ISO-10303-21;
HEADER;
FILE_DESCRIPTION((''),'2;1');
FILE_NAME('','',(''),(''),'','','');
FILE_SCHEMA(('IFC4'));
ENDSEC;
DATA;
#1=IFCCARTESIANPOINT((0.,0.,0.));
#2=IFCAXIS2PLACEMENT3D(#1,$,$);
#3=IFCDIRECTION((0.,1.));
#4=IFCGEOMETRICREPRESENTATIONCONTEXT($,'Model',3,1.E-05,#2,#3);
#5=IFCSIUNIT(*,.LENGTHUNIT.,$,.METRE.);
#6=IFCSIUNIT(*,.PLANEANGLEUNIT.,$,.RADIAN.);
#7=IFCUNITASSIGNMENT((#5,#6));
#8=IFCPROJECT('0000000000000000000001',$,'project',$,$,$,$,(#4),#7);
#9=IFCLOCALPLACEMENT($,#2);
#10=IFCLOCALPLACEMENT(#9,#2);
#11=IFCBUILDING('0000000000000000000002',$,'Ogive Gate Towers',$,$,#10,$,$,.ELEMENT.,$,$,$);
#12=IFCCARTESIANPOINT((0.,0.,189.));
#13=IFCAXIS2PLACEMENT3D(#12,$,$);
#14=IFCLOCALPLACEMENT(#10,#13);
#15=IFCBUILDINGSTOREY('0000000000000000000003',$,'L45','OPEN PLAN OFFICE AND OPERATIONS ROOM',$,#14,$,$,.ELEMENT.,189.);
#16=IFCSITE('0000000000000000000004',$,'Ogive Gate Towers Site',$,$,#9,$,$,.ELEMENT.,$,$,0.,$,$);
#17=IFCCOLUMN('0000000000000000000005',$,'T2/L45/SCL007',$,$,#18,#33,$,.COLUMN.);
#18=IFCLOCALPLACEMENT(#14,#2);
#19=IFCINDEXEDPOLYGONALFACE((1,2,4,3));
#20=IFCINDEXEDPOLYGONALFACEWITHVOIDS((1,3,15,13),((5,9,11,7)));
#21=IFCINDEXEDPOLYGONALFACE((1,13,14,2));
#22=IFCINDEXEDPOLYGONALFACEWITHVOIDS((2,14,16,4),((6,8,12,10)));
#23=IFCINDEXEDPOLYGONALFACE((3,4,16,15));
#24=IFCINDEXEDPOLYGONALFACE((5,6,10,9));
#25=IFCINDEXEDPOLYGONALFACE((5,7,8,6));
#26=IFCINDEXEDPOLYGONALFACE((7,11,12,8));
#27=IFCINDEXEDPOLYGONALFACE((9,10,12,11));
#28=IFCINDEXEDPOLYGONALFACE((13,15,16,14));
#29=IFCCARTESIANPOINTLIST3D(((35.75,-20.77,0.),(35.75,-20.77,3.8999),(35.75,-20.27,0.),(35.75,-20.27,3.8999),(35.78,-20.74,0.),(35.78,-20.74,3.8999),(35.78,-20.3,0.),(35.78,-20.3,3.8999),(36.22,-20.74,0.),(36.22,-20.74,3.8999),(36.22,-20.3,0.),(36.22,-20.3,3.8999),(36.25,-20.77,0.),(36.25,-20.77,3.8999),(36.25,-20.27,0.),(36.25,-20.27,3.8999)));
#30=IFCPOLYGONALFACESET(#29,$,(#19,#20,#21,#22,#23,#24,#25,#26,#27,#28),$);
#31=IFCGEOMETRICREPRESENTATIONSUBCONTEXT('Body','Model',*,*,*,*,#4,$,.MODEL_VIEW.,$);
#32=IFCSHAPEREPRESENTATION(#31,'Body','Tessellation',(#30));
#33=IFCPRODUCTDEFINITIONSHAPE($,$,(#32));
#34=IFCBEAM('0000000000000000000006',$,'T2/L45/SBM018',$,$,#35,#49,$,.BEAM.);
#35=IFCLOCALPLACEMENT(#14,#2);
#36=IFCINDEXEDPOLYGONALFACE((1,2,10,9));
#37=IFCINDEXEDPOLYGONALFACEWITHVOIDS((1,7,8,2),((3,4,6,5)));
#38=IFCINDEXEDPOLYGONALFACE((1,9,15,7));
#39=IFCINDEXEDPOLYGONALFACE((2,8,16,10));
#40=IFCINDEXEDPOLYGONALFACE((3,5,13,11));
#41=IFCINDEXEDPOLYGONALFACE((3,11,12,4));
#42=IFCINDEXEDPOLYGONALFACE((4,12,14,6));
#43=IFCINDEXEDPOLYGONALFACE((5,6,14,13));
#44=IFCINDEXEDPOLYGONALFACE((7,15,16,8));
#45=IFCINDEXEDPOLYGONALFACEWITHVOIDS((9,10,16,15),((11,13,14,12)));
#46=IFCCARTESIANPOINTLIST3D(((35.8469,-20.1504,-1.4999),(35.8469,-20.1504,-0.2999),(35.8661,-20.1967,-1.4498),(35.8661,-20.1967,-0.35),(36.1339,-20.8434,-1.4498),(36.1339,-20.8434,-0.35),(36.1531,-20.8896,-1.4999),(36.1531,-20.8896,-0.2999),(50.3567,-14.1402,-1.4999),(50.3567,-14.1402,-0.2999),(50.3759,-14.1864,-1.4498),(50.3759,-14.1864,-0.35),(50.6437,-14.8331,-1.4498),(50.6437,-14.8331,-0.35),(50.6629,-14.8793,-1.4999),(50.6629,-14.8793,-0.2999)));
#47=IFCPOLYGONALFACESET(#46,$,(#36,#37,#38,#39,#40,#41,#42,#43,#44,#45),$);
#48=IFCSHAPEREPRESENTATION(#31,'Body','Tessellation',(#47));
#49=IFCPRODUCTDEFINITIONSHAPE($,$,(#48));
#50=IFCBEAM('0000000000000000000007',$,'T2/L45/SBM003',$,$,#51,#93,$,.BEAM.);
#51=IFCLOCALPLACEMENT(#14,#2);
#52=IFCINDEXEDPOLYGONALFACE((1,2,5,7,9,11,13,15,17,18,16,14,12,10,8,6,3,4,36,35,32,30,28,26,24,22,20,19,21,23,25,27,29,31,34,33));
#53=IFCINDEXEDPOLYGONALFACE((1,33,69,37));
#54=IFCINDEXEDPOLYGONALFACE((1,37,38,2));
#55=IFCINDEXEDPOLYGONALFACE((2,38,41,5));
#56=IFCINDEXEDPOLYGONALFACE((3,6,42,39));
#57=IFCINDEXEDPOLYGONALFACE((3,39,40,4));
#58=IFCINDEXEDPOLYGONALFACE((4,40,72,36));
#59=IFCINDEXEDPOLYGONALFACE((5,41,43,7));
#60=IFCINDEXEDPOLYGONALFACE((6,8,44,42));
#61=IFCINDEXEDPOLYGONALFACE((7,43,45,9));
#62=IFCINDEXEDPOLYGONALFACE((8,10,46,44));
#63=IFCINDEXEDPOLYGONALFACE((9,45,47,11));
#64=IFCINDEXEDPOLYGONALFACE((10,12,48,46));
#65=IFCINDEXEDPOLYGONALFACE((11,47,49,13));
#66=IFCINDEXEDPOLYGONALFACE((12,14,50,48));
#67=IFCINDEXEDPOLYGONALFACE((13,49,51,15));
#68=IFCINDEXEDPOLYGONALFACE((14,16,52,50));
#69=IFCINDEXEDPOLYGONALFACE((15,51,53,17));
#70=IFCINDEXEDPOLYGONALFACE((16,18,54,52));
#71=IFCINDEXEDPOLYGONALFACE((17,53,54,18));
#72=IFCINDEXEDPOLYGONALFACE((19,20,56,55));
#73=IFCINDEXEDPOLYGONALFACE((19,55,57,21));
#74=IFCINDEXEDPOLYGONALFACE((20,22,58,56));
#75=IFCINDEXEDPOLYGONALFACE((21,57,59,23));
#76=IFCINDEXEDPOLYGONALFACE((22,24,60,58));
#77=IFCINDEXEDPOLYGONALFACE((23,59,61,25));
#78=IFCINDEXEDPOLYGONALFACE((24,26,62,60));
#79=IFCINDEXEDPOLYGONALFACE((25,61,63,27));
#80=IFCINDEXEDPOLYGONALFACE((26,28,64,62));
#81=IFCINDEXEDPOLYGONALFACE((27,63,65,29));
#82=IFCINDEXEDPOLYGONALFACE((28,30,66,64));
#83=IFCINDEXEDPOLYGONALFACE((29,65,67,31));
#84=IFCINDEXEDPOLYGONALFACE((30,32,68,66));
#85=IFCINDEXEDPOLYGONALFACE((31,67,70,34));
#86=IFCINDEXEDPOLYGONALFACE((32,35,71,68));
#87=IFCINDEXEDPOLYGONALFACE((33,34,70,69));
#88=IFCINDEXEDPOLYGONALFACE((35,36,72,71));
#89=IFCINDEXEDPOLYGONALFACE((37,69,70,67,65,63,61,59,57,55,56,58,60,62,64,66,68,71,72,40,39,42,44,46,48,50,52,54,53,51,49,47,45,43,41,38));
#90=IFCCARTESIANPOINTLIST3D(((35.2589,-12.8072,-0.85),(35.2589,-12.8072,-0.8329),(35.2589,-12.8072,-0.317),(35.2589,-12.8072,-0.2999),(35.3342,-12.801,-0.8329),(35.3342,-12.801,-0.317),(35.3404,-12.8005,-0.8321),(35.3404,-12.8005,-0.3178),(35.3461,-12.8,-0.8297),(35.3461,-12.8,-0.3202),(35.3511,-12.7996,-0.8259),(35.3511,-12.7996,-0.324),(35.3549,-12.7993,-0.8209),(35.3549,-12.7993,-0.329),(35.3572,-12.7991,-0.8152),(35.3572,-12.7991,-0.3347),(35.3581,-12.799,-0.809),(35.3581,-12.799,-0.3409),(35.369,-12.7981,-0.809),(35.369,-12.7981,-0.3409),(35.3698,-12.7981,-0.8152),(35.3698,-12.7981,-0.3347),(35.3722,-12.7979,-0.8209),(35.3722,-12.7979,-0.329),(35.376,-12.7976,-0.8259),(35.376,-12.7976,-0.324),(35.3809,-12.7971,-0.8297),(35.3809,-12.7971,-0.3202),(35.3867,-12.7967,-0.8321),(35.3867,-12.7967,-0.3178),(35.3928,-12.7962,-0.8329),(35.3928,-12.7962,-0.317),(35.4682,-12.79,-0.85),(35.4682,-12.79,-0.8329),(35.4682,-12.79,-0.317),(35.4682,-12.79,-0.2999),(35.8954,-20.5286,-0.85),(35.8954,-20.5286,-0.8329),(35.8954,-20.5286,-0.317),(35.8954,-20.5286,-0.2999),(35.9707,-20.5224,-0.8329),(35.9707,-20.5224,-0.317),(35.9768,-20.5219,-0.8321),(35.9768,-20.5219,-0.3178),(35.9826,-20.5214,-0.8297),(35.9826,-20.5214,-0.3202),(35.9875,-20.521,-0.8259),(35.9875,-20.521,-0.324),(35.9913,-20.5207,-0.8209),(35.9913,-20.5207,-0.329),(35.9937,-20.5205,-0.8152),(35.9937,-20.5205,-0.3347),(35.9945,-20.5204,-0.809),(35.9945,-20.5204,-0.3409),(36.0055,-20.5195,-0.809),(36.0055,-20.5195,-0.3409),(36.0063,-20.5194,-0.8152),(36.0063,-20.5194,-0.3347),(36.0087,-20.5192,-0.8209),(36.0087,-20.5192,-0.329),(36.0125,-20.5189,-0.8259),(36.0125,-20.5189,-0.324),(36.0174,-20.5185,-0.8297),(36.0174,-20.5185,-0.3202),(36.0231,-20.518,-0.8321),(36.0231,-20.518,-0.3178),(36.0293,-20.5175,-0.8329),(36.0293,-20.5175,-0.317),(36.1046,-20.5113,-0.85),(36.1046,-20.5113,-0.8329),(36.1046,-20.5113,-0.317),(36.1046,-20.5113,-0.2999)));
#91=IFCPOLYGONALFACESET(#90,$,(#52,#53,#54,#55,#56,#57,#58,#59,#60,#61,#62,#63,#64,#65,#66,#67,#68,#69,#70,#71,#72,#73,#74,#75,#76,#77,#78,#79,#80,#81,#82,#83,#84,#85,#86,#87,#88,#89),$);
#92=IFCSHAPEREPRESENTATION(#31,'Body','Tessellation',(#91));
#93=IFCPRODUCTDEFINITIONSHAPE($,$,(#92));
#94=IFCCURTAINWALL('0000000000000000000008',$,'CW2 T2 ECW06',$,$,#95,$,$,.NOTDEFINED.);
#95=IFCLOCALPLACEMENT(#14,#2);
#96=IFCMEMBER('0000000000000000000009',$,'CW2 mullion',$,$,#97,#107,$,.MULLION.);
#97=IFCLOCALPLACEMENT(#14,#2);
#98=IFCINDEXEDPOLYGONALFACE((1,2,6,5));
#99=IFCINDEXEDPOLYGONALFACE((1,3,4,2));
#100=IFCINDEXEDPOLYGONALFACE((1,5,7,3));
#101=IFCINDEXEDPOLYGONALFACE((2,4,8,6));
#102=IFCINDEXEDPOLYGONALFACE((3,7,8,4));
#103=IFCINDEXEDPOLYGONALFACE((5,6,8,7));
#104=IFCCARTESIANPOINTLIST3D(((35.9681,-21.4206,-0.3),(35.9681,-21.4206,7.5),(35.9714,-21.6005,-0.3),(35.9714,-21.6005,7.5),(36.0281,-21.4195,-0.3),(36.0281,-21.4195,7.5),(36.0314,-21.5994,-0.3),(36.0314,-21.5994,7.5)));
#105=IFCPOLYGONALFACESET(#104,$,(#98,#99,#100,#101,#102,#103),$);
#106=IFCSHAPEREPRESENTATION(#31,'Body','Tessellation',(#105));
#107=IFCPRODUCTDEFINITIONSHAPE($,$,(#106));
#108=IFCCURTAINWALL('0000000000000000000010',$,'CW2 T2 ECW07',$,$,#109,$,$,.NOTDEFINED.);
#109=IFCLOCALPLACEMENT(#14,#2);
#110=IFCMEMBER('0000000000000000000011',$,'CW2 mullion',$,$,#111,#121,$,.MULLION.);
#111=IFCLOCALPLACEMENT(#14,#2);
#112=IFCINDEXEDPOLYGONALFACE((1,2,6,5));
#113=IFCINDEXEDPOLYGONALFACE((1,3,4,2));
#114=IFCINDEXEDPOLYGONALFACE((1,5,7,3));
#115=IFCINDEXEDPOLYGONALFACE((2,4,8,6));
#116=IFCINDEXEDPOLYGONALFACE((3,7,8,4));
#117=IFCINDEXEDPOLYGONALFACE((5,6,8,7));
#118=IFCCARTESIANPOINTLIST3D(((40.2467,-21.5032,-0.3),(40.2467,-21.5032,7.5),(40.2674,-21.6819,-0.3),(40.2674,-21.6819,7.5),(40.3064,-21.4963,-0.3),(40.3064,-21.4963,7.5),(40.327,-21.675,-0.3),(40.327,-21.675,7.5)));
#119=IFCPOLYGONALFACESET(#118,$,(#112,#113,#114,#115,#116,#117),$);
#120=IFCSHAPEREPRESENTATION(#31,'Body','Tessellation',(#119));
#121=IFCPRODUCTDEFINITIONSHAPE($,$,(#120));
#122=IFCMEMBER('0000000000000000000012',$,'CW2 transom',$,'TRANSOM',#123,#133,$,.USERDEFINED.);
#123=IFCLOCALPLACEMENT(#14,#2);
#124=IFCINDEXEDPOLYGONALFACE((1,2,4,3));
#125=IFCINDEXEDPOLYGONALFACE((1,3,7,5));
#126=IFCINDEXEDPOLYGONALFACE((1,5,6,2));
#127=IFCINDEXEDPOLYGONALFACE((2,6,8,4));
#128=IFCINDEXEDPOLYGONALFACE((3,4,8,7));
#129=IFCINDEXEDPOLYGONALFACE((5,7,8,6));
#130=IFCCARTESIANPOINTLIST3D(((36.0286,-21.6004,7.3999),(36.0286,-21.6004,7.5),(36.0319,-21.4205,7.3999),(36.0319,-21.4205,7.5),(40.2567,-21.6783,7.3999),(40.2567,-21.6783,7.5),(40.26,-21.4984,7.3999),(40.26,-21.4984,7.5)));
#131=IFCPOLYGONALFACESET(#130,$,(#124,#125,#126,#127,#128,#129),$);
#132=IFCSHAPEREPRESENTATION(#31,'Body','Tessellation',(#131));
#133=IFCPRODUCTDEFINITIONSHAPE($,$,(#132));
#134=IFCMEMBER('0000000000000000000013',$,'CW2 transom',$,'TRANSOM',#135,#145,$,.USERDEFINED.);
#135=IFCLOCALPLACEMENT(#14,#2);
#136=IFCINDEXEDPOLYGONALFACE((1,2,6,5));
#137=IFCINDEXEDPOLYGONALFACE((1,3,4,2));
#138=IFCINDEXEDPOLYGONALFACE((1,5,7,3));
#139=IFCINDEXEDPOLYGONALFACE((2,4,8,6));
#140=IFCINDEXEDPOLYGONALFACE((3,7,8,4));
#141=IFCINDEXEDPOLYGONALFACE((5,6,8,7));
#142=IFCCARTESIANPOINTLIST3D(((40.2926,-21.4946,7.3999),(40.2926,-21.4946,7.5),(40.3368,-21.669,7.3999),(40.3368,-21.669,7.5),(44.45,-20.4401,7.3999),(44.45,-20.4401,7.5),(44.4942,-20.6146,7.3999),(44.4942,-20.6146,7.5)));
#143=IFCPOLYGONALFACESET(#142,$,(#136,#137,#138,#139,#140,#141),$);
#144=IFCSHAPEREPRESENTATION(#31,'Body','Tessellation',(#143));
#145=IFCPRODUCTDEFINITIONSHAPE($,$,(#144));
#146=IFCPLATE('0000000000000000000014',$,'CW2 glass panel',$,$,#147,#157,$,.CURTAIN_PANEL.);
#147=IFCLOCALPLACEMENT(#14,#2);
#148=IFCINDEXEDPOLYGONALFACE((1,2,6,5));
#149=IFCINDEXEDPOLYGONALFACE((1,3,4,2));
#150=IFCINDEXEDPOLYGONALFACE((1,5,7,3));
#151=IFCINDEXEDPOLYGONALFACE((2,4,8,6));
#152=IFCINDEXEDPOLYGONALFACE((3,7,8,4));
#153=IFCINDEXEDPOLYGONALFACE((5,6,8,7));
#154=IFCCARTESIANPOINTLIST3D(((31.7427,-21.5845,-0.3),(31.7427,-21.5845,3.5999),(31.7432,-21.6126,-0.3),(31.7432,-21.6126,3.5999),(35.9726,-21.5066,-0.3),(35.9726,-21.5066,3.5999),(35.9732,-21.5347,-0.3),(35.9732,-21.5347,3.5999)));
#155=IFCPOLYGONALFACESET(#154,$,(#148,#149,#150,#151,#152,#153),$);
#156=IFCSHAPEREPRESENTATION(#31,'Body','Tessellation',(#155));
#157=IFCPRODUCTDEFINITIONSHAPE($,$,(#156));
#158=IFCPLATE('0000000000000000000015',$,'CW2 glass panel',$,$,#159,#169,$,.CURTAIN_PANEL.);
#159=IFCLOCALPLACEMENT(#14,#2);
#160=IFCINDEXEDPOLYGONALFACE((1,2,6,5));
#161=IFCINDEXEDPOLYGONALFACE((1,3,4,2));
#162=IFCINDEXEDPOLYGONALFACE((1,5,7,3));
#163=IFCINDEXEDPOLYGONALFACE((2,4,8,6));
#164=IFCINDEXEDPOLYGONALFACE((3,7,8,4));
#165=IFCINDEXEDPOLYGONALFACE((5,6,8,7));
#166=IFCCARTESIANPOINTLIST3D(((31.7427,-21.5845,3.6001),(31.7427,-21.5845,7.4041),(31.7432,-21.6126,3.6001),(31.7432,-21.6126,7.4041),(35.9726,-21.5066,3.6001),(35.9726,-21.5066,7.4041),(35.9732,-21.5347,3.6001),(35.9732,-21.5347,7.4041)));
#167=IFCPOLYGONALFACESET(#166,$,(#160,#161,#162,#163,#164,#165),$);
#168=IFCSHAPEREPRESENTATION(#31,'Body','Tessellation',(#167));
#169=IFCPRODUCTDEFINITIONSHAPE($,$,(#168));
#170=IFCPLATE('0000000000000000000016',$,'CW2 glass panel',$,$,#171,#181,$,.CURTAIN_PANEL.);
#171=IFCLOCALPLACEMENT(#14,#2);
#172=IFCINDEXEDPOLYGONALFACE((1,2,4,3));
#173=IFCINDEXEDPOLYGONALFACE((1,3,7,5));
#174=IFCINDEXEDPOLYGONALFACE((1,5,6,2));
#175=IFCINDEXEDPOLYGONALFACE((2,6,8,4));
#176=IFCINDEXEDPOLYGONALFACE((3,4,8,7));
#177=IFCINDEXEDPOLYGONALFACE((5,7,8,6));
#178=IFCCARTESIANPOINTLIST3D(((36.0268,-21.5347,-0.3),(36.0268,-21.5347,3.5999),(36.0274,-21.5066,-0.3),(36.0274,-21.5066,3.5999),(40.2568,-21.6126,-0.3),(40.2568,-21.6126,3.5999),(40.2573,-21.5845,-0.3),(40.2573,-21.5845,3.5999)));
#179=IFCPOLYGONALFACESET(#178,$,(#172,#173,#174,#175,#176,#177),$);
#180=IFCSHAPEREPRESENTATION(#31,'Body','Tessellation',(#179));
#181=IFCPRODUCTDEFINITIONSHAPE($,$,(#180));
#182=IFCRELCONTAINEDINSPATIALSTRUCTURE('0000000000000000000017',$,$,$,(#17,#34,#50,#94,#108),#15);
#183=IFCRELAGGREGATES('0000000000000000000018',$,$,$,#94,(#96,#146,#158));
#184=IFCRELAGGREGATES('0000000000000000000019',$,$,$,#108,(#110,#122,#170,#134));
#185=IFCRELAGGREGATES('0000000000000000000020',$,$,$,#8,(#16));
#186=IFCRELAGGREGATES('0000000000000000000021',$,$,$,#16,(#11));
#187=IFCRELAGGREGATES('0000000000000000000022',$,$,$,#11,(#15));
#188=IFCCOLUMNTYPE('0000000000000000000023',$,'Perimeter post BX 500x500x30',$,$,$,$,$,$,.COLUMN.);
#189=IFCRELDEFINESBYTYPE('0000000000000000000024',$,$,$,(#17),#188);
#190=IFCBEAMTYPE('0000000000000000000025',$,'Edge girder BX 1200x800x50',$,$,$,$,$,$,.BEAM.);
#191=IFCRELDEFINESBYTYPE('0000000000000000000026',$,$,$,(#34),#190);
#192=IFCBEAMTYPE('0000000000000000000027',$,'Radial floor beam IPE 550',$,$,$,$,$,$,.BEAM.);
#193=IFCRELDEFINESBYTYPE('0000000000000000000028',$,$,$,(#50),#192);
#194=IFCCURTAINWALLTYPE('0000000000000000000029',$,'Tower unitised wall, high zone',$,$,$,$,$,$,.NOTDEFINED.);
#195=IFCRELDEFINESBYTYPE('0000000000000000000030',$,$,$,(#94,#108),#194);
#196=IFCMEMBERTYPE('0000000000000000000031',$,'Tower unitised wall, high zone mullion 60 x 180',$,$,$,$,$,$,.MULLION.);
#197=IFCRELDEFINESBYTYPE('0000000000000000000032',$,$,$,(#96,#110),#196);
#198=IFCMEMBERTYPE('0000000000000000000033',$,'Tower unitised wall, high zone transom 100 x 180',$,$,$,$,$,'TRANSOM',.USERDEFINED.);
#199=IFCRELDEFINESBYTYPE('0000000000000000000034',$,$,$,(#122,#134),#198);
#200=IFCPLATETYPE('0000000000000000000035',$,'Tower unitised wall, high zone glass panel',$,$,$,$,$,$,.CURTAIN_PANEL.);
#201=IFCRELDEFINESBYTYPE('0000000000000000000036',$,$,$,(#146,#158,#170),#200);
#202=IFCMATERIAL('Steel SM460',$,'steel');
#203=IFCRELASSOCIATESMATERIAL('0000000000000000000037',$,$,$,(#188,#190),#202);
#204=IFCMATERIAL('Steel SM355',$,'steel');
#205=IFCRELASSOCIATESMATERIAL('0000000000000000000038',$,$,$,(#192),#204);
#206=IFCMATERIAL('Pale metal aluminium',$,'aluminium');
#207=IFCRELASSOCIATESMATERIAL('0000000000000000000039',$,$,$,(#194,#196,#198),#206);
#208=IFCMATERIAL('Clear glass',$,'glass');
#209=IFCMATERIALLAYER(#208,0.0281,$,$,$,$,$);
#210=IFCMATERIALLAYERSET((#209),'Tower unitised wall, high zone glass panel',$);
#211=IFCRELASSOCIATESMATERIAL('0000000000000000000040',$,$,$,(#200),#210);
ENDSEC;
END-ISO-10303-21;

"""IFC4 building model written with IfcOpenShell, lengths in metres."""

from ifc_helpers import new_model, si_unit, direction, frame, origin, origin_2d, place, context, subcontext, project, spatial, rectangle, hollow_rectangle, i_section, extrude, material, layer, layer_set, material_profile, profile_set, type_object, element, aggregate, save


model = new_model("IFC4")

# Units and contexts
model_context = context("Model", 3, precision=1e-05, world=origin(), true_north=direction((0.0, 1.0)))
body_context = subcontext(model_context, "Body", "Model", "MODEL_VIEW")
ifc_project = project(units=[si_unit("LENGTHUNIT", "METRE"), si_unit("PLANEANGLEUNIT", "RADIAN")], contexts=[model_context])

# Site, building, storey
site_placement = place(None, origin())
site = spatial("IfcSite", under=ifc_project, at=site_placement, Name="Ogive Gate Towers Site", CompositionType="ELEMENT", RefElevation=0.0)
building_placement = place(site_placement, origin())
building = spatial("IfcBuilding", under=site, at=building_placement, Name="Ogive Gate Towers", CompositionType="ELEMENT")
storey_placement = place(building_placement, frame((0.0, 0.0, 189.0)))
storey = spatial("IfcBuildingStorey", under=building, at=storey_placement, Name="L45", Description="OPEN PLAN OFFICE AND OPERATIONS ROOM", CompositionType="ELEMENT", Elevation=189.0)

# Column
ifc_material_1 = material(Name="Steel SM460", Category="steel")
ifc_material_profile_1 = material_profile(ifc_material_1, hollow_rectangle(XDim=0.5, YDim=0.5, WallThickness=0.03, at=origin_2d()), Name="BX 500x500x30")
ifc_profile_set_1 = profile_set([ifc_material_profile_1], Name="Steel SM460")
column_type = type_object("IfcColumnType", Name="Perimeter post BX 500x500x30", PredefinedType="COLUMN", material=ifc_profile_set_1)
column_placement = place(storey_placement, frame((36.0, -20.52, 0.0), z_axis=(0.0, 0.0, 1.0), x_axis=(1.0, 0.0, 0.0)))
element("IfcColumn", 1, at=column_placement, inside=storey, type_object=column_type, Name="T2/L45/SCL007", PredefinedType="COLUMN", context=body_context, shape_type="SweptSolid", body=[
    extrude(hollow_rectangle(XDim=0.5, YDim=0.5, WallThickness=0.03, at=origin_2d()), origin(), (0.0, 0.0, 1.0), 3.8999),
])

# Beams
ifc_material_profile_2 = material_profile(ifc_material_1, hollow_rectangle(XDim=0.8, YDim=1.2, WallThickness=0.05, at=origin_2d()), Name="BX 1200x800x50")
ifc_profile_set_2 = profile_set([ifc_material_profile_2], Name="Steel SM460")
beam_type_1 = type_object("IfcBeamType", Name="Edge girder BX 1200x800x50", PredefinedType="BEAM", material=ifc_profile_set_2)
beam_1_placement = place(storey_placement, frame((36.0, -20.52, -0.8999), z_axis=(0.923877, 0.38269, 0.0), x_axis=(-0.38269, 0.923877, 0.0)))
element("IfcBeam", 2, at=beam_1_placement, inside=storey, type_object=beam_type_1, Name="T2/L45/SBM018", PredefinedType="BEAM", context=body_context, shape_type="SweptSolid", body=[
    extrude(hollow_rectangle(XDim=0.8, YDim=1.2, WallThickness=0.05, at=origin_2d()), origin(), (0.0, 0.0, 1.0), 15.7053),
])
ifc_material_2 = material(Name="Steel SM355", Category="steel")
ifc_material_profile_3 = material_profile(ifc_material_2, i_section(OverallWidth=0.21, OverallDepth=0.55, WebThickness=0.011, FlangeThickness=0.0171, FilletRadius=0.0239, at=origin_2d()), Name="IPE 550")
ifc_profile_set_3 = profile_set([ifc_material_profile_3], Name="Steel SM355")
beam_type_2 = type_object("IfcBeamType", Name="Radial floor beam IPE 550", PredefinedType="BEAM", material=ifc_profile_set_3)
beam_2_placement = place(storey_placement, frame((35.3635, -12.7986, -0.575), z_axis=(0.082151, -0.99662, 0.0), x_axis=(0.99662, 0.082151, 0.0)))
element("IfcBeam", 3, at=beam_2_placement, inside=storey, type_object=beam_type_2, Name="T2/L45/SBM003", PredefinedType="BEAM", context=body_context, shape_type="SweptSolid", body=[
    extrude(i_section(OverallWidth=0.21, OverallDepth=0.55, WebThickness=0.011, FlangeThickness=0.0171, FilletRadius=0.0239, at=origin_2d()), origin(), (0.0, 0.0, 1.0), 7.7476),
])

# Curtain wall, member
ifc_material_3 = material(Name="Pale metal aluminium", Category="aluminium")
curtain_wall_type = type_object("IfcCurtainWallType", Name="Tower unitised wall, high zone", PredefinedType="NOTDEFINED", material=ifc_material_3)
curtain_wall_1_placement = place(storey_placement, origin())
curtain_wall_1 = element("IfcCurtainWall", 4, at=curtain_wall_1_placement, inside=storey, type_object=curtain_wall_type, Name="CW2 T2 ECW06", PredefinedType="NOTDEFINED")
ifc_material_profile_4 = material_profile(ifc_material_3, rectangle(XDim=0.1799, YDim=0.0601, at=origin_2d()), Name="60 x 180 aluminium box")
ifc_profile_set_4 = profile_set([ifc_material_profile_4], Name="Pale metal aluminium")
member_type_1 = type_object("IfcMemberType", Name="Tower unitised wall, high zone mullion 60 x 180", PredefinedType="MULLION", material=ifc_profile_set_4)
member_1_placement = place(storey_placement, frame((35.9998, -21.51, -0.3), z_axis=(0.0, 0.0, 1.0), x_axis=(0.018412, -0.99983, 0.0)))
member_1 = element("IfcMember", 5, at=member_1_placement, type_object=member_type_1, Name="CW2 mullion", PredefinedType="MULLION", context=body_context, shape_type="SweptSolid", body=[
    extrude(rectangle(XDim=0.1799, YDim=0.0601, at=origin_2d()), origin(), (0.0, 0.0, 1.0), 7.8),
])

# Curtain wall, members
curtain_wall_2_placement = place(storey_placement, origin())
curtain_wall_2 = element("IfcCurtainWall", 6, at=curtain_wall_2_placement, inside=storey, type_object=curtain_wall_type, Name="CW2 T2 ECW07", PredefinedType="NOTDEFINED")
member_2_placement = place(storey_placement, frame((40.2869, -21.5891, -0.3), z_axis=(0.0, 0.0, 1.0), x_axis=(0.114746, -0.993395, 0.0)))
member_2 = element("IfcMember", 7, at=member_2_placement, type_object=member_type_1, Name="CW2 mullion", PredefinedType="MULLION", context=body_context, shape_type="SweptSolid", body=[
    extrude(rectangle(XDim=0.1799, YDim=0.0601, at=origin_2d()), origin(), (0.0, 0.0, 1.0), 7.8),
])
ifc_material_profile_5 = material_profile(ifc_material_3, rectangle(XDim=0.1799, YDim=0.1001, at=origin_2d()), Name="100 x 180 aluminium box")
ifc_profile_set_5 = profile_set([ifc_material_profile_5], Name="Pale metal aluminium")
member_type_2 = type_object("IfcMemberType", Name="Tower unitised wall, high zone transom 100 x 180", ElementType="TRANSOM", PredefinedType="USERDEFINED", material=ifc_profile_set_5)
member_3_placement = place(storey_placement, frame((36.0303, -21.5105, 7.45), z_axis=(0.99983, -0.018417, 0.0), x_axis=(0.018417, 0.99983, 0.0)))
member_3 = element("IfcMember", 8, at=member_3_placement, type_object=member_type_2, Name="CW2 transom", ObjectType="TRANSOM", PredefinedType="USERDEFINED", context=body_context, shape_type="SweptSolid", body=[
    extrude(rectangle(XDim=0.1799, YDim=0.1001, at=origin_2d()), origin(), (0.0, 0.0, 1.0), 4.2288),
])
member_4_placement = place(storey_placement, frame((40.3147, -21.5818, 7.45), z_axis=(0.96931, 0.245842, 0.0), x_axis=(-0.245842, 0.96931, 0.0)))
member_4 = element("IfcMember", 9, at=member_4_placement, type_object=member_type_2, Name="CW2 transom", ObjectType="TRANSOM", PredefinedType="USERDEFINED", context=body_context, shape_type="SweptSolid", body=[
    extrude(rectangle(XDim=0.1799, YDim=0.1001, at=origin_2d()), origin(), (0.0, 0.0, 1.0), 4.2891),
])

# Plates
ifc_material_4 = material(Name="Clear glass", Category="glass")
ifc_layer_1 = layer(ifc_material_4, 0.0281)
ifc_layer_set_1 = layer_set([ifc_layer_1], Name="Tower unitised wall, high zone glass panel")
plate_type = type_object("IfcPlateType", Name="Tower unitised wall, high zone glass panel", PredefinedType="CURTAIN_PANEL", material=ifc_layer_set_1)
plate_1_placement = place(storey_placement, frame((33.8579, -21.5596, -0.3), z_axis=(0.0, 0.0, 1.0), x_axis=(0.99983, 0.018412, 0.0)))
plate_1 = element("IfcPlate", 10, at=plate_1_placement, type_object=plate_type, Name="CW2 glass panel", PredefinedType="CURTAIN_PANEL", context=body_context, shape_type="SweptSolid", body=[
    extrude(rectangle(XDim=4.2307, YDim=0.0281, at=origin_2d()), origin(), (0.0, 0.0, 1.0), 3.8999),
])
plate_2_placement = place(storey_placement, frame((33.8579, -21.5596, 3.6001), z_axis=(0.0, 0.0, 1.0), x_axis=(0.99983, 0.018412, 0.0)))
plate_2 = element("IfcPlate", 11, at=plate_2_placement, type_object=plate_type, Name="CW2 glass panel", PredefinedType="CURTAIN_PANEL", context=body_context, shape_type="SweptSolid", body=[
    extrude(rectangle(XDim=4.2307, YDim=0.0281, at=origin_2d()), origin(), (0.0, 0.0, 1.0), 3.804),
])
aggregate(curtain_wall_1, [member_1, plate_1, plate_2])
plate_3_placement = place(storey_placement, frame((38.1421, -21.5596, -0.3), z_axis=(0.0, 0.0, 1.0), x_axis=(0.99983, -0.018412, 0.0)))
plate_3 = element("IfcPlate", 12, at=plate_3_placement, type_object=plate_type, Name="CW2 glass panel", PredefinedType="CURTAIN_PANEL", context=body_context, shape_type="SweptSolid", body=[
    extrude(rectangle(XDim=4.2307, YDim=0.0281, at=origin_2d()), origin(), (0.0, 0.0, 1.0), 3.8999),
])
aggregate(curtain_wall_2, [member_2, member_3, plate_3, member_4])

save(model, "model.ifc")
